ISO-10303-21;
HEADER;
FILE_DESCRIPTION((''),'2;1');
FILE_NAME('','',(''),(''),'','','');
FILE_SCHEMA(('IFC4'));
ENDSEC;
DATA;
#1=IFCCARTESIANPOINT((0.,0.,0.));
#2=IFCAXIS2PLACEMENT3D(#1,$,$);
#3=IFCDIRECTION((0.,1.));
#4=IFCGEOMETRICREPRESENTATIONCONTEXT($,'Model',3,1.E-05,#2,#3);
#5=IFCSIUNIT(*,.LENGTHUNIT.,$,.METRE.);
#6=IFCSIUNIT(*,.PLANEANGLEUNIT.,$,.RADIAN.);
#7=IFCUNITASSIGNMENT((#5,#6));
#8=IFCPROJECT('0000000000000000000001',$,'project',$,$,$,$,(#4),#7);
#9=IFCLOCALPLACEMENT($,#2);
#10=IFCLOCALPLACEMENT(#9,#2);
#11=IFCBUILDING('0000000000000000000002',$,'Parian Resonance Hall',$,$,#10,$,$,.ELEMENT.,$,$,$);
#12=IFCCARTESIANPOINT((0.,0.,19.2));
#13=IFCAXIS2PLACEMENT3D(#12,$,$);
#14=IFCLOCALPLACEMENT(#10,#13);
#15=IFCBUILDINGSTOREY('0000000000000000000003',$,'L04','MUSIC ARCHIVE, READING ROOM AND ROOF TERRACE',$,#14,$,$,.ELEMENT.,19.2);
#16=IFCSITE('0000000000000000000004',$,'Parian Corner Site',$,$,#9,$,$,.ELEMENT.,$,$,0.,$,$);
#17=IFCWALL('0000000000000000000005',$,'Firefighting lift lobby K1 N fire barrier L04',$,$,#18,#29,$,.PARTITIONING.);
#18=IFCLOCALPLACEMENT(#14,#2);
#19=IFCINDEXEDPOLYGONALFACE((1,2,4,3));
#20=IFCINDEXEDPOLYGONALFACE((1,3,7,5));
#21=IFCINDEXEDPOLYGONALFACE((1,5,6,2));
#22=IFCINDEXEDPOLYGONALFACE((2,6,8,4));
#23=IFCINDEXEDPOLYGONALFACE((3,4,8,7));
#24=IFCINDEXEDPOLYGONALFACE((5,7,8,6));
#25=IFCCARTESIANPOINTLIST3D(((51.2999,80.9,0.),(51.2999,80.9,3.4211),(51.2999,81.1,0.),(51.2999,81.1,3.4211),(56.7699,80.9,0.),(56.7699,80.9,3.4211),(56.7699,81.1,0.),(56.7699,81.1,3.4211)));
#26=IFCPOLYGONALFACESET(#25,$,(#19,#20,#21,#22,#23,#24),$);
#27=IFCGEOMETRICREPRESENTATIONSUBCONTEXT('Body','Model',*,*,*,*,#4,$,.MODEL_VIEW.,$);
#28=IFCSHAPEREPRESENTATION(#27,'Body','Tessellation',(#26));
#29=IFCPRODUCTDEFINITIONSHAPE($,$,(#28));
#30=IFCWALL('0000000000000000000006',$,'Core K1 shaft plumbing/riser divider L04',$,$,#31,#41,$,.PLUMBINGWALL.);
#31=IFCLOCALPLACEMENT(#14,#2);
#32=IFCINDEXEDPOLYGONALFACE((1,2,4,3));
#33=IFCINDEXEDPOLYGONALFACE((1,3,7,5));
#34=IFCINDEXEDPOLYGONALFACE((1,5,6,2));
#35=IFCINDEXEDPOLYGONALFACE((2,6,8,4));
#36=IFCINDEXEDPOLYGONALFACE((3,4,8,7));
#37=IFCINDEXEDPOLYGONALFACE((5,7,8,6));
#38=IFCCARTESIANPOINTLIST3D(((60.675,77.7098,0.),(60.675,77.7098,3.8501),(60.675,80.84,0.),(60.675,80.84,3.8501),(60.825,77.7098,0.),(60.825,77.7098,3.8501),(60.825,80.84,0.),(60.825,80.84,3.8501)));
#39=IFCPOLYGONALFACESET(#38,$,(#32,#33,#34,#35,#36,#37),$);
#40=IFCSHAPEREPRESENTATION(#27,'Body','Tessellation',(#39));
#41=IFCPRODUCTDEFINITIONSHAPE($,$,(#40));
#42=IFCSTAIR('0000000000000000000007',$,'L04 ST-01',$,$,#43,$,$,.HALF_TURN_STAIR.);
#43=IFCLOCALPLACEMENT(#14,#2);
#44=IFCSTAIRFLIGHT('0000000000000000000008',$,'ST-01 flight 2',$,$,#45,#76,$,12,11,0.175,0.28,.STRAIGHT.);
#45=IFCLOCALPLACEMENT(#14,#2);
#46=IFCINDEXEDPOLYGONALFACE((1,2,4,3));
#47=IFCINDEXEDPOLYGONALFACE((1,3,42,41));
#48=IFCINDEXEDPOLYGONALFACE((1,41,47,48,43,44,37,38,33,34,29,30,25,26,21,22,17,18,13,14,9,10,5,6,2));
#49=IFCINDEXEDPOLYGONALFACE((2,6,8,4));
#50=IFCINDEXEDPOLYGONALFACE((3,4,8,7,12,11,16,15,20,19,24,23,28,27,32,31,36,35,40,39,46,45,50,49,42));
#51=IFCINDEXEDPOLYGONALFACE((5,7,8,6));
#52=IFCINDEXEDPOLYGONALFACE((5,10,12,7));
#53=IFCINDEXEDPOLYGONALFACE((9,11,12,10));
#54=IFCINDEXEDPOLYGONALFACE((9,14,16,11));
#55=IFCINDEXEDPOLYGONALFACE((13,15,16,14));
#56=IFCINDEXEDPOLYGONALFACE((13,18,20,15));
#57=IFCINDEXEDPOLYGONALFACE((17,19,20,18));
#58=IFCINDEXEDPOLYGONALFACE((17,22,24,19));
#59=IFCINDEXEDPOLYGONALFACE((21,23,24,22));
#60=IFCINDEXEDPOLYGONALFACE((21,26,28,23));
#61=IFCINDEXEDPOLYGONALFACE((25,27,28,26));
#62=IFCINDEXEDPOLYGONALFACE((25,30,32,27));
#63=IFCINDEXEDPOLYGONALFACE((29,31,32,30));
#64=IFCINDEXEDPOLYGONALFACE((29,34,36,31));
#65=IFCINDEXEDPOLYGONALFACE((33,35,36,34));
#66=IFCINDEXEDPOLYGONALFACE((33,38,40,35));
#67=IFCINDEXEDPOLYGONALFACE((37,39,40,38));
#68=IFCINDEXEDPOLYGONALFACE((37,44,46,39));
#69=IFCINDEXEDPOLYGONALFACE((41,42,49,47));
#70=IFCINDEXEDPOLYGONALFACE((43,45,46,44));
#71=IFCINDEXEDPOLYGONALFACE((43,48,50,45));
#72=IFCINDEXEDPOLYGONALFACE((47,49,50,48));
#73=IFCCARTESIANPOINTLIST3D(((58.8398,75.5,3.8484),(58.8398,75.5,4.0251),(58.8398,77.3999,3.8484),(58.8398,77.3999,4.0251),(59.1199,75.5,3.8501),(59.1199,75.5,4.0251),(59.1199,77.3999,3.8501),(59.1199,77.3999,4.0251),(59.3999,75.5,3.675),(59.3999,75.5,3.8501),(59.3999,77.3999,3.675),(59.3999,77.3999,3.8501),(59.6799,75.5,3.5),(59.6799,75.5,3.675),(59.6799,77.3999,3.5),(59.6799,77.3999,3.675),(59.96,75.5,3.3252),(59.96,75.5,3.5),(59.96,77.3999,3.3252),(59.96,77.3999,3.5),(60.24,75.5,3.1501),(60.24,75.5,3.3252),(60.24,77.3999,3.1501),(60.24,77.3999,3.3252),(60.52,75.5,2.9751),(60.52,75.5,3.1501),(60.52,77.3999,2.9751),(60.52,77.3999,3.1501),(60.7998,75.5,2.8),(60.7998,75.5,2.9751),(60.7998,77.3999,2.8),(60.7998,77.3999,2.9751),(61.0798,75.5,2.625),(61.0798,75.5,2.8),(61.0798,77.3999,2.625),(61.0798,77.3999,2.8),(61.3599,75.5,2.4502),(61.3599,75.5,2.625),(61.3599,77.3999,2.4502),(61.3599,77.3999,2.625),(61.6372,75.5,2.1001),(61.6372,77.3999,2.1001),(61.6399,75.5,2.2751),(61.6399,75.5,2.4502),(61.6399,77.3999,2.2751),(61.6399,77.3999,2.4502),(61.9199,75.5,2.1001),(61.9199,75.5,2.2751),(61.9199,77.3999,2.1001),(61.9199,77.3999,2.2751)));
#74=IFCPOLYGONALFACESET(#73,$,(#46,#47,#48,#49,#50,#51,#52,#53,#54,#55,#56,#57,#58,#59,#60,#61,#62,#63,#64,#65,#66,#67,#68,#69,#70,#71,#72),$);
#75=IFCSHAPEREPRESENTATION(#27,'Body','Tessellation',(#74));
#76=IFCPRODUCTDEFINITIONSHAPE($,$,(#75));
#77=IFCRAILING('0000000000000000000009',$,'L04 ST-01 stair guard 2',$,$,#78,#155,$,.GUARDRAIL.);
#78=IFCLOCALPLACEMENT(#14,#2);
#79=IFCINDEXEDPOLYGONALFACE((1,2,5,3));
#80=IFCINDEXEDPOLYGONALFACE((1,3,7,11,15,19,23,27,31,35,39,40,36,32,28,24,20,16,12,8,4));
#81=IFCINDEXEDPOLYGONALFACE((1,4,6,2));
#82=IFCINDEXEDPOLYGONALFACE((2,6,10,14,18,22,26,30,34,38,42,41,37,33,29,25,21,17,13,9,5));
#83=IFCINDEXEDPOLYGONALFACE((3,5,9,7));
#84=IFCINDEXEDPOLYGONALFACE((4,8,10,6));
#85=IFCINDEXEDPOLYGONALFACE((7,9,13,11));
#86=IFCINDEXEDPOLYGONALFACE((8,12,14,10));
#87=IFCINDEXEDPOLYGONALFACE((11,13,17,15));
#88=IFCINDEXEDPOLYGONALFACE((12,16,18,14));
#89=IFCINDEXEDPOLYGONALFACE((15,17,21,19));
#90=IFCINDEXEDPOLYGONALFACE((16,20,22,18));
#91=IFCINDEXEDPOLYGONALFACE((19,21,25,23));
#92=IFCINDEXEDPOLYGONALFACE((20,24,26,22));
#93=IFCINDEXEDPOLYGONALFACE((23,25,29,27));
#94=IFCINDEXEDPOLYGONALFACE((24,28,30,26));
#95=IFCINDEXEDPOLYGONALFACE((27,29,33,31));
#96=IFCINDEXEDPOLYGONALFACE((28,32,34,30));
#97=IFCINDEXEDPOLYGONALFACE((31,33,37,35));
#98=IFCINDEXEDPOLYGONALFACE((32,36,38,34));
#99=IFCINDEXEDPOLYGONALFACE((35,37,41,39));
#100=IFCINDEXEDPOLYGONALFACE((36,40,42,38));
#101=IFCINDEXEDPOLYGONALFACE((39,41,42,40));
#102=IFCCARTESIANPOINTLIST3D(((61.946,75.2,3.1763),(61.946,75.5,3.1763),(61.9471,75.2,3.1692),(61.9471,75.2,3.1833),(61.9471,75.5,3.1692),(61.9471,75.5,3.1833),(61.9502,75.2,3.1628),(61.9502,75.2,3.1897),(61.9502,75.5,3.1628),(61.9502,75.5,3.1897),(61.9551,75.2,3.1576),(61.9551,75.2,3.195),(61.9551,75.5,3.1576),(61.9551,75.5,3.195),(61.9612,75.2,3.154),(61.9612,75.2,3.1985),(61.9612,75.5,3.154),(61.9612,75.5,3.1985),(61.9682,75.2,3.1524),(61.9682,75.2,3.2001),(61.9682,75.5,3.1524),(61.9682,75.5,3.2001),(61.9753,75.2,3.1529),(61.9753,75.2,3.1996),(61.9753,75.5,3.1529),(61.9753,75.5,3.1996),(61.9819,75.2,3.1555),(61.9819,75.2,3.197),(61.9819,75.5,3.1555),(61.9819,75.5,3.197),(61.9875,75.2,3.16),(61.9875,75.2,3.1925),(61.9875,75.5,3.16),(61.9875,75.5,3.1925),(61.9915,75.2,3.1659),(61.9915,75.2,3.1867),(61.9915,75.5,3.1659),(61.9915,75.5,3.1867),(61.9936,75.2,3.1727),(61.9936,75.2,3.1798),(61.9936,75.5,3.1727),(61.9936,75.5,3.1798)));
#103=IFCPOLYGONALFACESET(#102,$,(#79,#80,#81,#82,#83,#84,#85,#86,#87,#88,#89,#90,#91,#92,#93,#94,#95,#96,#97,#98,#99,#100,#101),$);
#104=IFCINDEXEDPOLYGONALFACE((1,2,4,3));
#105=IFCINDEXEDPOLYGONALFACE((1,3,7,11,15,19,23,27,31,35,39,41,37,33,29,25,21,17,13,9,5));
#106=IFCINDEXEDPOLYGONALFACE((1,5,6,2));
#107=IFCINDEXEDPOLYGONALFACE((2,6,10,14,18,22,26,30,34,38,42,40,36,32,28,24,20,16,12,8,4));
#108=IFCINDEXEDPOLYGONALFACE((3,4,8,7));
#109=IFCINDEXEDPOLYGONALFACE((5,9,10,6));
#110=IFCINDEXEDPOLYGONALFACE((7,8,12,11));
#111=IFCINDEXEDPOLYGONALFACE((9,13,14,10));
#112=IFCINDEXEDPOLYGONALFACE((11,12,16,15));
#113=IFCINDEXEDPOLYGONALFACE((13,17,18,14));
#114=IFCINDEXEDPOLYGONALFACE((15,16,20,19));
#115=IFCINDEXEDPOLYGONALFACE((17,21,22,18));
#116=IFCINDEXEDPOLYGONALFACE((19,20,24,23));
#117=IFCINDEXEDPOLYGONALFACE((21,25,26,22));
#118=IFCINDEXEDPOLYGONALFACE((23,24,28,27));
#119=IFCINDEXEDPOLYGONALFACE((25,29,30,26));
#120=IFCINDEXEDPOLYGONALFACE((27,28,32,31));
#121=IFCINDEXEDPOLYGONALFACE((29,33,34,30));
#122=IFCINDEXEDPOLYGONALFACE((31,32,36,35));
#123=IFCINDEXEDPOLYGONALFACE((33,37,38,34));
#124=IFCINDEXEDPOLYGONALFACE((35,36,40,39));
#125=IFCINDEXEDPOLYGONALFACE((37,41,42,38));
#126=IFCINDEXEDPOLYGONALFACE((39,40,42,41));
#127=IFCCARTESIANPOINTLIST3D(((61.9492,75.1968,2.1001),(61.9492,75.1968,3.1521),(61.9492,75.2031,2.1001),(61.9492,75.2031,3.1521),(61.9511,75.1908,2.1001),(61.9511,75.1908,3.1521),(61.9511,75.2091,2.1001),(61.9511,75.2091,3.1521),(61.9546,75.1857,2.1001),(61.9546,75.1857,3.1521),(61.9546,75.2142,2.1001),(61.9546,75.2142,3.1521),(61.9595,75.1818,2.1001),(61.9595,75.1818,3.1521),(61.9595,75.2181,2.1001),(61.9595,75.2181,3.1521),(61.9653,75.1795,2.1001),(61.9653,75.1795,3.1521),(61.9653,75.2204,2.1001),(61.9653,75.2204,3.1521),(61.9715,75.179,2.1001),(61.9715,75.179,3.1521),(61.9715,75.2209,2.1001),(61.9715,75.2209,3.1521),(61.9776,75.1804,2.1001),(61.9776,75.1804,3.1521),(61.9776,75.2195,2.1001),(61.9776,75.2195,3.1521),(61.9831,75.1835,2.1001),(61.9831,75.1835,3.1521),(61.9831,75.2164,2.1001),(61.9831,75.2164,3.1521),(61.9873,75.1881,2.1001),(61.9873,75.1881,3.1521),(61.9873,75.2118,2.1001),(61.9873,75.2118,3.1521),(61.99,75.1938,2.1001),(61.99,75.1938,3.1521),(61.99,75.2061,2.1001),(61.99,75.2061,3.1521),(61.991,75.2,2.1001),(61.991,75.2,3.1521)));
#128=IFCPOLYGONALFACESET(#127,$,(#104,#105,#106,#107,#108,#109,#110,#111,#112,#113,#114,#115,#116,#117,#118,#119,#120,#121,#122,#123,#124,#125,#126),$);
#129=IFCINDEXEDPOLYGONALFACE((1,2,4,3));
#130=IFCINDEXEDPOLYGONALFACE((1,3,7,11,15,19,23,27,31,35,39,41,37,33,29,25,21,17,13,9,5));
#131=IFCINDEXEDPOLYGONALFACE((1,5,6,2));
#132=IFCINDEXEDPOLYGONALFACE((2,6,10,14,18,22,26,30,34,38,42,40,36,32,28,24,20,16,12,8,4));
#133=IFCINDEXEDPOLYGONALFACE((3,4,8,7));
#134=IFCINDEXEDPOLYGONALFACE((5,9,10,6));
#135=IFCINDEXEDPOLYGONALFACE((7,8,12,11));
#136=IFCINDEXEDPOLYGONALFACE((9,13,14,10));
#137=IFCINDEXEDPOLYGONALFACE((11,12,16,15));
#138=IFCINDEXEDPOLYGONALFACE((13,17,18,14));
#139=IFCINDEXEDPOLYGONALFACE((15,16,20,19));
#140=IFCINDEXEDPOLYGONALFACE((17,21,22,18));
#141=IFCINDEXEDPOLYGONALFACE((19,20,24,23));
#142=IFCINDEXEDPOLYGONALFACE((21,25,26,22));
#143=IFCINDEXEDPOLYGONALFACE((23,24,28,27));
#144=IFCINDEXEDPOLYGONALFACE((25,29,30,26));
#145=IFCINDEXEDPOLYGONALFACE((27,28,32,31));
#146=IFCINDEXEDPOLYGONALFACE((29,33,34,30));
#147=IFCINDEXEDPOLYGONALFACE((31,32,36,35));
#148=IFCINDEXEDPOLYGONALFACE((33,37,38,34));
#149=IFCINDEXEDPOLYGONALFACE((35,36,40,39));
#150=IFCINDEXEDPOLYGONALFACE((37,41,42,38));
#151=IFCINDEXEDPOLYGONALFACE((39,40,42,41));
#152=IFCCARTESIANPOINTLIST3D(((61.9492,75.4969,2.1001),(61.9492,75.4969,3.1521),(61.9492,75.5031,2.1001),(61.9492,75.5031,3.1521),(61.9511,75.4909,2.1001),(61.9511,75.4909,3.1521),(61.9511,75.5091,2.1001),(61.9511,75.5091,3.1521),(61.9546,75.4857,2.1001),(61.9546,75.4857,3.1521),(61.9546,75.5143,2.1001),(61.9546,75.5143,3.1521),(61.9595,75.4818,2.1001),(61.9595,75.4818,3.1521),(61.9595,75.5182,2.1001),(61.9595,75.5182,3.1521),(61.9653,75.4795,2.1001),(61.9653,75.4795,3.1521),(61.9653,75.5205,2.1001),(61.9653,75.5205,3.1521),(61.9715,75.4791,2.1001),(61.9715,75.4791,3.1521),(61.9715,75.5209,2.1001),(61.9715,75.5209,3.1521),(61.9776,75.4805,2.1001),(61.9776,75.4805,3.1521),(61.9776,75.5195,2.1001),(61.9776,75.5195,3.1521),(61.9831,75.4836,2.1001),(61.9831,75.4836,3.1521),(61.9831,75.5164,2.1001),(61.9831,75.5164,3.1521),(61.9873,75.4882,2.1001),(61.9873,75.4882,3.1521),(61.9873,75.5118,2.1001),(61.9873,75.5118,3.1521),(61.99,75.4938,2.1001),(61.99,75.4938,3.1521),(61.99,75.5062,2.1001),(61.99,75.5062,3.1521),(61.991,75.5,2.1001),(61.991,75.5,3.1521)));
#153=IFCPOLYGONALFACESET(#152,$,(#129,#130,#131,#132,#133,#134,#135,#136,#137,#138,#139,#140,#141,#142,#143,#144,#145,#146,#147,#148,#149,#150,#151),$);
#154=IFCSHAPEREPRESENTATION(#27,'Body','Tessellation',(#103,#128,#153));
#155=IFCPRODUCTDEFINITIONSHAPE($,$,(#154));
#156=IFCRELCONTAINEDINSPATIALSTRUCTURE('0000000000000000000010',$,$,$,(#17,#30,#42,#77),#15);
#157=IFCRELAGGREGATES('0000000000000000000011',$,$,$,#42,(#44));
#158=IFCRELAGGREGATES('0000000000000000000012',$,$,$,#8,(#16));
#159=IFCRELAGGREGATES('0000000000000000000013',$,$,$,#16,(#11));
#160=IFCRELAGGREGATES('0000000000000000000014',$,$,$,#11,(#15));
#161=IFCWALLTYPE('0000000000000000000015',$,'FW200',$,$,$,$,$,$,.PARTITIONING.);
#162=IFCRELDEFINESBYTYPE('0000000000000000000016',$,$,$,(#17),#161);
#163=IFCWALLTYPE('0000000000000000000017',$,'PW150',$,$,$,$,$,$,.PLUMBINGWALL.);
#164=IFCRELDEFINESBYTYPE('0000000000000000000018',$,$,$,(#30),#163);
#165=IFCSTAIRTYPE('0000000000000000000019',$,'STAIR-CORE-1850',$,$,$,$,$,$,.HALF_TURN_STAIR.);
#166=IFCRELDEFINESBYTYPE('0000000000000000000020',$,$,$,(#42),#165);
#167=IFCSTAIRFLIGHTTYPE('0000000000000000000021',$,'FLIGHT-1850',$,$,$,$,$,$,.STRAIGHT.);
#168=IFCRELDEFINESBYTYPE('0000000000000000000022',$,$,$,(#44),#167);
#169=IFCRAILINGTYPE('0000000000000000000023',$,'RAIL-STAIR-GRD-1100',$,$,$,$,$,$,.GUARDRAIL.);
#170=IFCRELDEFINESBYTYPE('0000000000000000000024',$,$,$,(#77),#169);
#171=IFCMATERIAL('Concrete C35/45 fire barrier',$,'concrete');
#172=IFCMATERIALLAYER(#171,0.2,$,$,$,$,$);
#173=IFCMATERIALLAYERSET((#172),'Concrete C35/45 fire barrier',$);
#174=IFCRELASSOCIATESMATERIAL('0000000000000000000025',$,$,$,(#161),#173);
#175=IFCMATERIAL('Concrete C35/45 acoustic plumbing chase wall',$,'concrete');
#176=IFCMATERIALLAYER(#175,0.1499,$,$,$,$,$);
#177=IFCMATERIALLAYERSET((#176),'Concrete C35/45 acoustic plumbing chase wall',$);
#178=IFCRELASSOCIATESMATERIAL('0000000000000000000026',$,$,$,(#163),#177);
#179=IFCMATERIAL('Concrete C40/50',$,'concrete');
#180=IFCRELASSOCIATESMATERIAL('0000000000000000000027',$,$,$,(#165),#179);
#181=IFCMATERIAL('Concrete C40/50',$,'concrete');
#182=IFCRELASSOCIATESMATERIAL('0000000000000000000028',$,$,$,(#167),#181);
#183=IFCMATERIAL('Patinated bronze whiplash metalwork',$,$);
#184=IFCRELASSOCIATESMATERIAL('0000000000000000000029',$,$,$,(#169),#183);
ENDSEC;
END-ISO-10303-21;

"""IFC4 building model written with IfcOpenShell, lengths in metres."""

from ifc_helpers import new_model, si_unit, direction, frame, frame_2d, origin, origin_2d, place, context, subcontext, project, spatial, polyline, rectangle, circle, outline, extrude, material, layer, layer_set, type_object, element, aggregate, save


model = new_model("IFC4")

# Units and contexts
model_context = context("Model", 3, precision=1e-05, world=origin(), true_north=direction((0.0, 1.0)))
body_context = subcontext(model_context, "Body", "Model", "MODEL_VIEW")
ifc_project = project(units=[si_unit("LENGTHUNIT", "METRE"), si_unit("PLANEANGLEUNIT", "RADIAN")], contexts=[model_context])

# Site, building, storey
site_placement = place(None, origin())
site = spatial("IfcSite", under=ifc_project, at=site_placement, Name="Parian Corner Site", CompositionType="ELEMENT", RefElevation=0.0)
building_placement = place(site_placement, origin())
building = spatial("IfcBuilding", under=site, at=building_placement, Name="Parian Resonance Hall", CompositionType="ELEMENT")
storey_placement = place(building_placement, frame((0.0, 0.0, 19.2)))
storey = spatial("IfcBuildingStorey", under=building, at=storey_placement, Name="L04", Description="MUSIC ARCHIVE, READING ROOM AND ROOF TERRACE", CompositionType="ELEMENT", Elevation=19.2)

# Walls
ifc_material_1 = material(Name="Concrete C35/45 fire barrier", Category="concrete")
ifc_layer_1 = layer(ifc_material_1, 0.2)
ifc_layer_set_1 = layer_set([ifc_layer_1], Name="Concrete C35/45 fire barrier")
wall_type_1 = type_object("IfcWallType", Name="FW200", PredefinedType="PARTITIONING", material=ifc_layer_set_1)
wall_1_placement = place(storey_placement, frame((51.3, 81.0, 0.0), z_axis=(0.0, 0.0, 1.0), x_axis=(1.0, 0.0, 0.0)))
element("IfcWall", 1, at=wall_1_placement, inside=storey, type_object=wall_type_1, Name="Firefighting lift lobby K1 N fire barrier L04", PredefinedType="PARTITIONING", context=body_context, shape_type="SweptSolid", body=[
    extrude(rectangle(XDim=5.47, YDim=0.2, at=frame_2d((2.7349, 0.0))), origin(), (0.0, 0.0, 1.0), 3.4211),
])
ifc_material_2 = material(Name="Concrete C35/45 acoustic plumbing chase wall", Category="concrete")
ifc_layer_2 = layer(ifc_material_2, 0.1499)
ifc_layer_set_2 = layer_set([ifc_layer_2], Name="Concrete C35/45 acoustic plumbing chase wall")
wall_type_2 = type_object("IfcWallType", Name="PW150", PredefinedType="PLUMBINGWALL", material=ifc_layer_set_2)
wall_2_placement = place(storey_placement, frame((60.75, 77.71, 0.0), z_axis=(0.0, 0.0, 1.0), x_axis=(0.0, 1.0, 0.0)))
element("IfcWall", 2, at=wall_2_placement, inside=storey, type_object=wall_type_2, Name="Core K1 shaft plumbing/riser divider L04", PredefinedType="PLUMBINGWALL", context=body_context, shape_type="SweptSolid", body=[
    extrude(rectangle(XDim=3.1301, YDim=0.1499, at=frame_2d((1.5649, 0.0))), origin(), (0.0, 0.0, 1.0), 3.8501),
])

# Stair, stair flight
ifc_material_3 = material(Name="Concrete C40/50", Category="concrete")
stair_type = type_object("IfcStairType", Name="STAIR-CORE-1850", PredefinedType="HALF_TURN_STAIR", material=ifc_material_3)
stair_placement = place(storey_placement, origin())
stair = element("IfcStair", 3, at=stair_placement, inside=storey, type_object=stair_type, Name="L04 ST-01", PredefinedType="HALF_TURN_STAIR")
ifc_material_4 = material(Name="Concrete C40/50", Category="concrete")
stair_flight_type = type_object("IfcStairFlightType", Name="FLIGHT-1850", PredefinedType="STRAIGHT", material=ifc_material_4)
stair_flight_placement = place(storey_placement, frame((61.9199, 76.45, 2.1001), z_axis=(0.0, 0.0, 1.0), x_axis=(-1.0, 0.0, 0.0)))
stair_flight = element("IfcStairFlight", 4, at=stair_flight_placement, type_object=stair_flight_type, Name="ST-01 flight 2", NumberOfRisers=12, NumberOfTreads=11, PredefinedType="STRAIGHT", RiserHeight=0.175, TreadLength=0.28, context=body_context, shape_type="SweptSolid", body=[
    extrude(outline(polyline([(0.0, 0.0), (0.0, 0.175), (0.28, 0.175), (0.28, 0.3501), (0.5601, 0.3501), (0.5601, 0.5249), (0.8401, 0.5249), (0.8401, 0.7), (1.1201, 0.7), (1.1201, 0.875), (1.3999, 0.875), (1.3999, 1.05), (1.6799, 1.05), (1.6799, 1.2251), (1.96, 1.2251), (1.96, 1.3999), (2.24, 1.3999), (2.24, 1.575), (2.52, 1.575), (2.52, 1.75), (2.8, 1.75), (2.8, 1.925), (3.0801, 1.925), (3.0801, 2.1001), (3.0801, 1.7483), (0.2827, 0.0), (0.0, 0.0)])), frame((0.0, 0.95, 0.0), z_axis=(0.0, -1.0, 0.0), x_axis=(1.0, 0.0, 0.0)), (0.0, 0.0, 1.0), 1.8999),
])
aggregate(stair, [stair_flight])

# Railing
ifc_material_5 = material(Name="Patinated bronze whiplash metalwork")
railing_type_1 = type_object("IfcRailingType", Name="RAIL-STAIR-GRD-1100", PredefinedType="GUARDRAIL", material=ifc_material_5)
railing_1_placement = place(storey_placement, frame((61.97, 75.2, 2.1001)))
element("IfcRailing", 5, at=railing_1_placement, inside=storey, type_object=railing_type_1, Name="L04 ST-01 stair guard 2", PredefinedType="GUARDRAIL", context=body_context, shape_type="SweptSolid", body=[
    extrude(circle(Radius=0.0239, at=origin_2d()), frame((0.0, 0.0, 1.0762), z_axis=(0.0, 1.0, 0.0), x_axis=(-1.0, 0.0, 0.0)), (0.0, 0.0, 1.0), 0.3),
    extrude(circle(Radius=0.021, at=origin_2d()), origin(), (0.0, 0.0, 1.0), 1.052),
    extrude(circle(Radius=0.021, at=origin_2d()), frame((0.0, 0.3, 0.0)), (0.0, 0.0, 1.0), 1.052),
])

save(model, "model.ifc")
